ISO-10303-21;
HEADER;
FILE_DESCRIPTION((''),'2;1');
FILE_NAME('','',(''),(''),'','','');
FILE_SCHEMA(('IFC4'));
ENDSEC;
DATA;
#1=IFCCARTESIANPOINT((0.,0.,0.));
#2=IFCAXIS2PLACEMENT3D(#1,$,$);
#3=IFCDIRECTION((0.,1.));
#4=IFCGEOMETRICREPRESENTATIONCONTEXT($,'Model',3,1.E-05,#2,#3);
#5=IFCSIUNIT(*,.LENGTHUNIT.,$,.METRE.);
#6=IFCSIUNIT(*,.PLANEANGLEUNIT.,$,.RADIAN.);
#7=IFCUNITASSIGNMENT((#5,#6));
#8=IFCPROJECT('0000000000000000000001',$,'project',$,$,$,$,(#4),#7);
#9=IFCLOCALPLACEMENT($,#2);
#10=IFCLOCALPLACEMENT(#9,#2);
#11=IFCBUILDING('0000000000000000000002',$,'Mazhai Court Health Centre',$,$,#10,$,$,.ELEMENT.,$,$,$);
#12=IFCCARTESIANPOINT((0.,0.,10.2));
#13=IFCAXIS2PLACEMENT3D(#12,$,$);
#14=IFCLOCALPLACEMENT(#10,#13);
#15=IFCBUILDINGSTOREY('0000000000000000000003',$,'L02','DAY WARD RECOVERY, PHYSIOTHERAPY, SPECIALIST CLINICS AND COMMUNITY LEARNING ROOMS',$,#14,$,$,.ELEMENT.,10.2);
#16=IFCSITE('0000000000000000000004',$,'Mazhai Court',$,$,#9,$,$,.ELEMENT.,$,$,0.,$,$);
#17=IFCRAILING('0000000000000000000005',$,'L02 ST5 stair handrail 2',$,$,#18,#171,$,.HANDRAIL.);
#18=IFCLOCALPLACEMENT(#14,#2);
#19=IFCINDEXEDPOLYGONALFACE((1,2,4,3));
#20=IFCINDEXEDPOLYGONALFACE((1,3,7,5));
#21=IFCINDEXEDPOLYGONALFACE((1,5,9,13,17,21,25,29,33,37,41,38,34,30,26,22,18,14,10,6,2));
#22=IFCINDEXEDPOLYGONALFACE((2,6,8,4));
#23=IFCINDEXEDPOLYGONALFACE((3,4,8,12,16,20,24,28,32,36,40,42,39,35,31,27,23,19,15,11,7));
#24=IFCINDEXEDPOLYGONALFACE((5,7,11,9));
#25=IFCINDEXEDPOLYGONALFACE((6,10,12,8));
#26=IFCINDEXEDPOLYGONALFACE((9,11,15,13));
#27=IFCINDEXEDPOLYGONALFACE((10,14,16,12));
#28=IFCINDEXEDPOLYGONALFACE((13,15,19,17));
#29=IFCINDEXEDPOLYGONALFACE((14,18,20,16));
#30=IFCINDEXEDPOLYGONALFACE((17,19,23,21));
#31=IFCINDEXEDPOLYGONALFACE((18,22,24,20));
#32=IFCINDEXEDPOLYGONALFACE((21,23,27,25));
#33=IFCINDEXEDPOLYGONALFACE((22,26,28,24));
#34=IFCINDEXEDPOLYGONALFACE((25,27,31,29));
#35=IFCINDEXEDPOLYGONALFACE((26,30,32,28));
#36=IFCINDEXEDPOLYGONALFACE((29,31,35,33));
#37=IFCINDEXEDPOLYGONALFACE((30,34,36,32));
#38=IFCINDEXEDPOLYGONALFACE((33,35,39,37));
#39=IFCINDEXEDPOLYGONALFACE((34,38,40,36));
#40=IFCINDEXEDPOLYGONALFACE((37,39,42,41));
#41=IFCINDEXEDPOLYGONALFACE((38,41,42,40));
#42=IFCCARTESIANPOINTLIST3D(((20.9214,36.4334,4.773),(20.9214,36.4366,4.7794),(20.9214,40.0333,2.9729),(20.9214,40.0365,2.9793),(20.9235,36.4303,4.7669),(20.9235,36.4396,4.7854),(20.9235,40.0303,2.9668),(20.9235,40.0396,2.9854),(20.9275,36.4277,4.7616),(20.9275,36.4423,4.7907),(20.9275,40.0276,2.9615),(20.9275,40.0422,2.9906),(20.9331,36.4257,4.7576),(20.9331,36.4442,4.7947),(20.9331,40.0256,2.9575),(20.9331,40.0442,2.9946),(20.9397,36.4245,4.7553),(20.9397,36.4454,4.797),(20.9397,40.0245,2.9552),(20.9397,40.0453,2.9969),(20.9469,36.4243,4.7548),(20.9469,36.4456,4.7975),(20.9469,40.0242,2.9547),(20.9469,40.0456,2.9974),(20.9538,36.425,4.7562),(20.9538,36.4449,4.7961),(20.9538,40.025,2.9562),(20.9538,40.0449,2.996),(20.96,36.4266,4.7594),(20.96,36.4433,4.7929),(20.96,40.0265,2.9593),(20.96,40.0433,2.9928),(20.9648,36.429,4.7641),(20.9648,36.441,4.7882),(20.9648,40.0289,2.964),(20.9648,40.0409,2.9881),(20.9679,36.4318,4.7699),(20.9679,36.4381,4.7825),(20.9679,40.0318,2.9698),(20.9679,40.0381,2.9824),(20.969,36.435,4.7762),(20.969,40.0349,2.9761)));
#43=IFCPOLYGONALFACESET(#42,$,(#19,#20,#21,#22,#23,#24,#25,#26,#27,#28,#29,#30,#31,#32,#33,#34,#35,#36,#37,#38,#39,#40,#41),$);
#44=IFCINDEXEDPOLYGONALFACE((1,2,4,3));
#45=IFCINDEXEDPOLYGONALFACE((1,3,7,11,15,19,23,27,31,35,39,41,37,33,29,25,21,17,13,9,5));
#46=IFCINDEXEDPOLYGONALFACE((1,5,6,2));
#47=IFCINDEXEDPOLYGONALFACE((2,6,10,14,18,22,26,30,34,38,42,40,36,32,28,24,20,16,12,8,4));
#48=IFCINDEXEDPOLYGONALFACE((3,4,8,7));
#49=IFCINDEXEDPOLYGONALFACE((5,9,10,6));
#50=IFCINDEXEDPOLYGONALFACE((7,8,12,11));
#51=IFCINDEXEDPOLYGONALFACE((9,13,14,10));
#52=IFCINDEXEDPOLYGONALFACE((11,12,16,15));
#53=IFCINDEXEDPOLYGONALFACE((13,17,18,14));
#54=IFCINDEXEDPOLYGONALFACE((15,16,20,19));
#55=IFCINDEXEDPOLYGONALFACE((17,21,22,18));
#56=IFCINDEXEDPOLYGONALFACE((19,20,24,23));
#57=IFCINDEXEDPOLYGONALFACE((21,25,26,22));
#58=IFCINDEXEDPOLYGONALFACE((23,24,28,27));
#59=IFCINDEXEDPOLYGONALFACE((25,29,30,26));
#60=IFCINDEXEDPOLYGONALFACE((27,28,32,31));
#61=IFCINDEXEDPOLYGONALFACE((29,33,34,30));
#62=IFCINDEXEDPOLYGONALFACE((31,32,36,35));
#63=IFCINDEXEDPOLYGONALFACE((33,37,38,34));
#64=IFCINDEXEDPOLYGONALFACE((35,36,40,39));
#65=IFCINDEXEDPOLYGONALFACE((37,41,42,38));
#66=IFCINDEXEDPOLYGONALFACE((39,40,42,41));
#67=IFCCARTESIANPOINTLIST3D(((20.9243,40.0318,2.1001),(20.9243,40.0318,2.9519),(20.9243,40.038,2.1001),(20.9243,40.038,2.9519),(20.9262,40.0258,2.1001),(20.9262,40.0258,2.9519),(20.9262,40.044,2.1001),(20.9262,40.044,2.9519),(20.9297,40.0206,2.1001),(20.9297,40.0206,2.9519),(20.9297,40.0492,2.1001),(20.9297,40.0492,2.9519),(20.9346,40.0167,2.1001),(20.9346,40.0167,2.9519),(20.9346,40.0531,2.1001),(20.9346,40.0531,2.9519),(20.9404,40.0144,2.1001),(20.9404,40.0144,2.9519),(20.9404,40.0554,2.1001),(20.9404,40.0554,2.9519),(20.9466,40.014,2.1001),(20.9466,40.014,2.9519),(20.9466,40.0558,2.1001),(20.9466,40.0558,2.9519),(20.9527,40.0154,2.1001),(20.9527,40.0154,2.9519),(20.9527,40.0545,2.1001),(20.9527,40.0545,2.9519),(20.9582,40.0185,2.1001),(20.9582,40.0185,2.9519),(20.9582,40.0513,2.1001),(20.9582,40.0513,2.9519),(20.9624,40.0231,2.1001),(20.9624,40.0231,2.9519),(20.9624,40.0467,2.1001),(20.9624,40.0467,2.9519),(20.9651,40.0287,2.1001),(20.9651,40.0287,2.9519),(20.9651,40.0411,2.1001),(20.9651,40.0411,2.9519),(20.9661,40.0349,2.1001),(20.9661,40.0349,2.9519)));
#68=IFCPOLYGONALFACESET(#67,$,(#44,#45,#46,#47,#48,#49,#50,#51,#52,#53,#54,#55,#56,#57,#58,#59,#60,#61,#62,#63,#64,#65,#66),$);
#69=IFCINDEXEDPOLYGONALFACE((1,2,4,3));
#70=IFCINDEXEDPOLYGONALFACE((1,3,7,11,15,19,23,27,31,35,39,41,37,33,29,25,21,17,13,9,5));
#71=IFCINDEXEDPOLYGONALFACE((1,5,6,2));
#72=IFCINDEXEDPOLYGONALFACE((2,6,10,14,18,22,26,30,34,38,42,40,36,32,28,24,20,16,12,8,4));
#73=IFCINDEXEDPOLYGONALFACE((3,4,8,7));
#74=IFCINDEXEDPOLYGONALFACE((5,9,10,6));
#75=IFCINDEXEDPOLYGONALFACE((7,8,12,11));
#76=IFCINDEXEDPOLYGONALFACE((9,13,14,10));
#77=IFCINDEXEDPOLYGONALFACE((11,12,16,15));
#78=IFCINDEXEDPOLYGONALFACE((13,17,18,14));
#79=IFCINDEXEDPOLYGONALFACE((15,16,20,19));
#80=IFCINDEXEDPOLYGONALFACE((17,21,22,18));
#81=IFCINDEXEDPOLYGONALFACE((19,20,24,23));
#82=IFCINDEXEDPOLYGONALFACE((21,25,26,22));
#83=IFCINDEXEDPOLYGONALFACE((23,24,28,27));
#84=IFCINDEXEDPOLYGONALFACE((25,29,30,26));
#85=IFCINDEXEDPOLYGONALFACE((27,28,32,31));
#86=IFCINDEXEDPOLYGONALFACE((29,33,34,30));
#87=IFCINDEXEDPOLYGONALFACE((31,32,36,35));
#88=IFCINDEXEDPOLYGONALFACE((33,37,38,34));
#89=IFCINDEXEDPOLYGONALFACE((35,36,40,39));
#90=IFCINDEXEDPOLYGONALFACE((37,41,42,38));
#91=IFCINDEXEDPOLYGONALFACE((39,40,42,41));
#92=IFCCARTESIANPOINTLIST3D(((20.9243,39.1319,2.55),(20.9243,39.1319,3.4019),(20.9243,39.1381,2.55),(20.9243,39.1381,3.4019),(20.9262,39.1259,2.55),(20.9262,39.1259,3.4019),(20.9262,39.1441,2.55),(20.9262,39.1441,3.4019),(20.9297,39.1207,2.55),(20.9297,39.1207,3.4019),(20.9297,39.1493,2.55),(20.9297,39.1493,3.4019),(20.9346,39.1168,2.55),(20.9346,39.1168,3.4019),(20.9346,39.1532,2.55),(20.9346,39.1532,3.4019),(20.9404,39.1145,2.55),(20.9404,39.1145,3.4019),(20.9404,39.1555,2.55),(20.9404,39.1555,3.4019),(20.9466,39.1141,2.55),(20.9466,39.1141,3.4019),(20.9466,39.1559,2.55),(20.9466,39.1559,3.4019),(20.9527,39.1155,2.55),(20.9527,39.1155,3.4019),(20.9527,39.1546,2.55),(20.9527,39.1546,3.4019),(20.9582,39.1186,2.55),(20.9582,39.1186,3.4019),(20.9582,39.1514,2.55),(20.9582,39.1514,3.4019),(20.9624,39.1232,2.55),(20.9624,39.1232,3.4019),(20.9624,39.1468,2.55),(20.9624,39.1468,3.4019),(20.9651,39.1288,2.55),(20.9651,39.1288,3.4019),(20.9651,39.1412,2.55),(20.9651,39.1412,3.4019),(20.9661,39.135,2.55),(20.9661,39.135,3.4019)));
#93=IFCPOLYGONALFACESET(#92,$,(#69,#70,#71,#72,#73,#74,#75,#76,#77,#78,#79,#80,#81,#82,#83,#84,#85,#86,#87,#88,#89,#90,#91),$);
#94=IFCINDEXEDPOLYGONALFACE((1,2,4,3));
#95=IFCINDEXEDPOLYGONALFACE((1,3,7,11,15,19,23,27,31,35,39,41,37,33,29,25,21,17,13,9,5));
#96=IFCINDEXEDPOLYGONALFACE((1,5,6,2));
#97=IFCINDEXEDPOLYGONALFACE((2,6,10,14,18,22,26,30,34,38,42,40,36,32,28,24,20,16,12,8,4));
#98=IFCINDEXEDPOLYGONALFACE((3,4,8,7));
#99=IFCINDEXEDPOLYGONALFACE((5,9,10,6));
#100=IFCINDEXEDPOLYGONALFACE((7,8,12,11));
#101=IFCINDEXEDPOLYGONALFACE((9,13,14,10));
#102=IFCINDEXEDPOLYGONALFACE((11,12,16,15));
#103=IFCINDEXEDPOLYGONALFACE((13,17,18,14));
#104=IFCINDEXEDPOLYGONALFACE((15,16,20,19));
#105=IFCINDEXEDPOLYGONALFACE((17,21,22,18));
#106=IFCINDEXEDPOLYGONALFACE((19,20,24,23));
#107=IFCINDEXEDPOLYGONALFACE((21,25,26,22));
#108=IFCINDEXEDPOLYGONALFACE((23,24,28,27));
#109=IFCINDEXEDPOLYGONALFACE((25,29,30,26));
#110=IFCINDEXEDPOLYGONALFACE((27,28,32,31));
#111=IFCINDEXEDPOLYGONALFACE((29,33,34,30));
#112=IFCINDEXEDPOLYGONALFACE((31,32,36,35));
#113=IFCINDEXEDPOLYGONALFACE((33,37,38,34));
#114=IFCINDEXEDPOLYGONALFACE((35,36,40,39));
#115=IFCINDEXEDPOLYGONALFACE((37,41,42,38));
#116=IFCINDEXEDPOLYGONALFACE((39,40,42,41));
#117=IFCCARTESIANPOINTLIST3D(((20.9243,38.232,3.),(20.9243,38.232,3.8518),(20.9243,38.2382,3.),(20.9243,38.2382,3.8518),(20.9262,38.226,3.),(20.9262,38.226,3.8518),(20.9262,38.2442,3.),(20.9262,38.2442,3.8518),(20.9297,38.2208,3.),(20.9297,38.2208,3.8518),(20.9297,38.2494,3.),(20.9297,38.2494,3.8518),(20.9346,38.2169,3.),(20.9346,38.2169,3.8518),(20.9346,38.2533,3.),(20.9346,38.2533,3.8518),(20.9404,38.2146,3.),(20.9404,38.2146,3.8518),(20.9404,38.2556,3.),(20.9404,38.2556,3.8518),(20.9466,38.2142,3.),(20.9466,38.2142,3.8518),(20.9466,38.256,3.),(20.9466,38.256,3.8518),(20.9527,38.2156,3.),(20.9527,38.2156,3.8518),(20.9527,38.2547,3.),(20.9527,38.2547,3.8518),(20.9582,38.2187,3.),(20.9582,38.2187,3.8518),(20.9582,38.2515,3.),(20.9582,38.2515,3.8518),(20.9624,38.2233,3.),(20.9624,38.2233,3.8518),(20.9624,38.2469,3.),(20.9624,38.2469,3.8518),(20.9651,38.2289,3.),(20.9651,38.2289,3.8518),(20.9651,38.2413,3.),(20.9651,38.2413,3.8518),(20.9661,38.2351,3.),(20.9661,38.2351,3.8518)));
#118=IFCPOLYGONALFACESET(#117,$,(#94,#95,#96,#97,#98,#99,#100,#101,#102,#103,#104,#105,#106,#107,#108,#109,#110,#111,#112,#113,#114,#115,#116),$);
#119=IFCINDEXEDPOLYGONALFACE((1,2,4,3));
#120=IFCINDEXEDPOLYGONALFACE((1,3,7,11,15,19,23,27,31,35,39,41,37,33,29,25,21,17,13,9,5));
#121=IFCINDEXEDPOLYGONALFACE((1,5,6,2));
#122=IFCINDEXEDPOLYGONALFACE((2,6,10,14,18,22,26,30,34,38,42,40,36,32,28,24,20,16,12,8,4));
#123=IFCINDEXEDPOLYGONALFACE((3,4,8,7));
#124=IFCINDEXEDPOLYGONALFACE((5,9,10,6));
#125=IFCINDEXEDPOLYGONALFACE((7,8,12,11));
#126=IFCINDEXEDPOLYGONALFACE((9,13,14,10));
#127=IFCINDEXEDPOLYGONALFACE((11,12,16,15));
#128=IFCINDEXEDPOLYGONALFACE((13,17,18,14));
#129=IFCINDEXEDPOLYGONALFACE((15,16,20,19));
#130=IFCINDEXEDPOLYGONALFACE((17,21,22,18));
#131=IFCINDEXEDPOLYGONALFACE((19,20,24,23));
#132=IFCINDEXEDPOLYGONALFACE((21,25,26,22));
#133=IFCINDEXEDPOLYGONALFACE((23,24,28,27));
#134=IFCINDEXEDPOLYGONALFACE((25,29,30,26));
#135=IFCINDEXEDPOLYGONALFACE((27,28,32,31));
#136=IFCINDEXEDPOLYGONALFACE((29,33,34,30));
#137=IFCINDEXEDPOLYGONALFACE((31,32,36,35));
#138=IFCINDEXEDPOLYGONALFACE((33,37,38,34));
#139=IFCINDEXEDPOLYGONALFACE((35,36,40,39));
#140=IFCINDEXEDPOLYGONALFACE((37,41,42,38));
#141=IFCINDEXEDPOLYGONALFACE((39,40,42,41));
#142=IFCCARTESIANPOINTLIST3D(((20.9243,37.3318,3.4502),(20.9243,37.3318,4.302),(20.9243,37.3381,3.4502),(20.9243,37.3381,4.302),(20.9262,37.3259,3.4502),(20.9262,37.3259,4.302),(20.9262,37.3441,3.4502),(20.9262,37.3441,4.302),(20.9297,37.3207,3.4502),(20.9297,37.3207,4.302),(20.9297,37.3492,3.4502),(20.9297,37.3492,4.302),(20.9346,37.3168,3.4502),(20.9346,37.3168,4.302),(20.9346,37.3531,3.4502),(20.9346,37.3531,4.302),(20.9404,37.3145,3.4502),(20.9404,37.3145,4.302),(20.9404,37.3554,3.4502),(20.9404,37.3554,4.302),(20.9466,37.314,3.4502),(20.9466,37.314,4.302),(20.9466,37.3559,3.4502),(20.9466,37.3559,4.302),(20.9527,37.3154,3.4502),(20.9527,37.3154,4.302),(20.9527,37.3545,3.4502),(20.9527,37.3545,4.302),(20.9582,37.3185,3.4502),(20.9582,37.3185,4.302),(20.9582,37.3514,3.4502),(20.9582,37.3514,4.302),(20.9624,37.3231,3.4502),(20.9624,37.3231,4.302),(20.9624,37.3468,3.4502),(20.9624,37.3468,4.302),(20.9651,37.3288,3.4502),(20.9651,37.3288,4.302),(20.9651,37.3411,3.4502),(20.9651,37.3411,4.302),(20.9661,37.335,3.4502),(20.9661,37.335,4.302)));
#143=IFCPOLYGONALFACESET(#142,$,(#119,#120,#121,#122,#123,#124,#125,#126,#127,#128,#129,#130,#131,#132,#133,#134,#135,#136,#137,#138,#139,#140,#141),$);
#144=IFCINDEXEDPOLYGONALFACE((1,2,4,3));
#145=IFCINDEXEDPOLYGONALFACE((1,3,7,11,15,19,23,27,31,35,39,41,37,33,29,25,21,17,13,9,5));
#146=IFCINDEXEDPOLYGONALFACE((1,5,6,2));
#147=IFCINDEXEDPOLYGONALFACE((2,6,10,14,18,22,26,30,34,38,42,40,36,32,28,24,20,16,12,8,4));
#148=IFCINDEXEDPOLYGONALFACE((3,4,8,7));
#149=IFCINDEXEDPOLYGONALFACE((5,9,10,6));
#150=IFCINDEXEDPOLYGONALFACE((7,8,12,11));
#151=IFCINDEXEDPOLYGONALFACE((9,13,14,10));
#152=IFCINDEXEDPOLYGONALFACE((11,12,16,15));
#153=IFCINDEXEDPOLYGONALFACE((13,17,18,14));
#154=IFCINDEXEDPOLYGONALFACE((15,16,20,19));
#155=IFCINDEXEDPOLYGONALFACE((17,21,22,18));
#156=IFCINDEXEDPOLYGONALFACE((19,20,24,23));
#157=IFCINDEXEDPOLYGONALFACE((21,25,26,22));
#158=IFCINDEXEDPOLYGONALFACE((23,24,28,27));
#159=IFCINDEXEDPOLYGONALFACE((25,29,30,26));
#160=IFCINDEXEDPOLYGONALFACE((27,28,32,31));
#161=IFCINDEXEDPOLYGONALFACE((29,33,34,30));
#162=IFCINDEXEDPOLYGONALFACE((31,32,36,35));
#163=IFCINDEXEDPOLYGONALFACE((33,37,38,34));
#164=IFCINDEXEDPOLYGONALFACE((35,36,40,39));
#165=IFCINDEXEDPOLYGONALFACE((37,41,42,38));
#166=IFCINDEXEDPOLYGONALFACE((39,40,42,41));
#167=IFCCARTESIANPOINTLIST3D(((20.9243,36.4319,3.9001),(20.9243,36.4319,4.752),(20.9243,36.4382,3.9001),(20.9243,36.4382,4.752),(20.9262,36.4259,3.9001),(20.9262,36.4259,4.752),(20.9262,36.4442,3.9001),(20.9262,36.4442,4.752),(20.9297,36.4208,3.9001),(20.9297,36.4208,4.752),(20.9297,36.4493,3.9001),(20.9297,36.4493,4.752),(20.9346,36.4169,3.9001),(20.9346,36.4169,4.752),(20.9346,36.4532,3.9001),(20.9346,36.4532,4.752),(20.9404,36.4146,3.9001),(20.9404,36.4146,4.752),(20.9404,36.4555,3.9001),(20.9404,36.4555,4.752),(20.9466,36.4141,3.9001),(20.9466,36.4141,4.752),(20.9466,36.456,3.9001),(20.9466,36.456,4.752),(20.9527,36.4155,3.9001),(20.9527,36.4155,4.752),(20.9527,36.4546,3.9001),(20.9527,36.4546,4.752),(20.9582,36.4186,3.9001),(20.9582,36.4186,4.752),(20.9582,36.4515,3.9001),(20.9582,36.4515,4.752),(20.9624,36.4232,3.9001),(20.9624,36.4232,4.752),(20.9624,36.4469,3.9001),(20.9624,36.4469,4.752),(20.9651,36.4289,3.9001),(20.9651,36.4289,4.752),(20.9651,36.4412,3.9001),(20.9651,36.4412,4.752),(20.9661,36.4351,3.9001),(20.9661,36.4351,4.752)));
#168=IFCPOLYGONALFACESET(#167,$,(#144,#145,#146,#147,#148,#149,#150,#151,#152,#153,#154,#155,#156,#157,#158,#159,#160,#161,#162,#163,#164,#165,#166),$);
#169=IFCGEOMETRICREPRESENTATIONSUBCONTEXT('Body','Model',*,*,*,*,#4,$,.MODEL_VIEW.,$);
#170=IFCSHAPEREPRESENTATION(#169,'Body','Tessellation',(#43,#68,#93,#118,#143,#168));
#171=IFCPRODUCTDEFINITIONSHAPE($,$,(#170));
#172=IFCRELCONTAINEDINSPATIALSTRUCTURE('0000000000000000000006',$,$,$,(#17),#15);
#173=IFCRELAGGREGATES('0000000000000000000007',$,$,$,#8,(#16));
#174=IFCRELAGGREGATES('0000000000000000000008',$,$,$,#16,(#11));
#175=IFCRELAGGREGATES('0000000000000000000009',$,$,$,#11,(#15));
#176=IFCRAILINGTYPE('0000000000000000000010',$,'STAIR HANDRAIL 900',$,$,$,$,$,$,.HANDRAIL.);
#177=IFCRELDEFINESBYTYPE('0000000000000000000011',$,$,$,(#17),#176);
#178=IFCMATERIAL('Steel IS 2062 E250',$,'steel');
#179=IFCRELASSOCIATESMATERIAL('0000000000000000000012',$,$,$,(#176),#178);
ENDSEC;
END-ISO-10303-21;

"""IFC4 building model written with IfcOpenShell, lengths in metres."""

from ifc_helpers import new_model, si_unit, direction, frame, origin, origin_2d, place, context, subcontext, project, spatial, circle, extrude, material, type_object, element, save


model = new_model("IFC4")

# Units and contexts
model_context = context("Model", 3, precision=1e-05, world=origin(), true_north=direction((0.0, 1.0)))
body_context = subcontext(model_context, "Body", "Model", "MODEL_VIEW")
ifc_project = project(units=[si_unit("LENGTHUNIT", "METRE"), si_unit("PLANEANGLEUNIT", "RADIAN")], contexts=[model_context])

# Site, building, storey
site_placement = place(None, origin())
site = spatial("IfcSite", under=ifc_project, at=site_placement, Name="Mazhai Court", CompositionType="ELEMENT", RefElevation=0.0)
building_placement = place(site_placement, origin())
building = spatial("IfcBuilding", under=site, at=building_placement, Name="Mazhai Court Health Centre", CompositionType="ELEMENT")
storey_placement = place(building_placement, frame((0.0, 0.0, 10.2)))
storey = spatial("IfcBuildingStorey", under=building, at=storey_placement, Name="L02", Description="DAY WARD RECOVERY, PHYSIOTHERAPY, SPECIALIST CLINICS AND COMMUNITY LEARNING ROOMS", CompositionType="ELEMENT", Elevation=10.2)

# Railing
ifc_material_1 = material(Name="Steel IS 2062 E250", Category="steel")
railing_type_1 = type_object("IfcRailingType", Name="STAIR HANDRAIL 900", PredefinedType="HANDRAIL", material=ifc_material_1)
for number, where, name in (
    (1, (20.9451, 40.0349, 2.1001), "L02 ST5 stair handrail 2"),
):
    element("IfcRailing", number, at=place(storey_placement, frame(where)), inside=storey, type_object=railing_type_1, Name=name, PredefinedType="HANDRAIL", context=body_context, shape_type="SweptSolid", body=[
        extrude(circle(Radius=0.0239, at=origin_2d()), frame((0.0, 0.0, 0.876), z_axis=(0.0, -0.894415, 0.447238), x_axis=(1.0, 0.0, 0.0)), (0.0, 0.0, 1.0), 4.0249),
        extrude(circle(Radius=0.021, at=origin_2d()), origin(), (0.0, 0.0, 1.0), 0.8518),
        extrude(circle(Radius=0.021, at=origin_2d()), frame((0.0, -0.8999, 0.45)), (0.0, 0.0, 1.0), 0.8518),
        extrude(circle(Radius=0.021, at=origin_2d()), frame((0.0, -1.7998, 0.8999)), (0.0, 0.0, 1.0), 0.8518),
        extrude(circle(Radius=0.021, at=origin_2d()), frame((0.0, -2.7, 1.3501)), (0.0, 0.0, 1.0), 0.8518),
        extrude(circle(Radius=0.021, at=origin_2d()), frame((0.0, -3.5999, 1.8)), (0.0, 0.0, 1.0), 0.8518),
    ])

save(model, "model.ifc")
